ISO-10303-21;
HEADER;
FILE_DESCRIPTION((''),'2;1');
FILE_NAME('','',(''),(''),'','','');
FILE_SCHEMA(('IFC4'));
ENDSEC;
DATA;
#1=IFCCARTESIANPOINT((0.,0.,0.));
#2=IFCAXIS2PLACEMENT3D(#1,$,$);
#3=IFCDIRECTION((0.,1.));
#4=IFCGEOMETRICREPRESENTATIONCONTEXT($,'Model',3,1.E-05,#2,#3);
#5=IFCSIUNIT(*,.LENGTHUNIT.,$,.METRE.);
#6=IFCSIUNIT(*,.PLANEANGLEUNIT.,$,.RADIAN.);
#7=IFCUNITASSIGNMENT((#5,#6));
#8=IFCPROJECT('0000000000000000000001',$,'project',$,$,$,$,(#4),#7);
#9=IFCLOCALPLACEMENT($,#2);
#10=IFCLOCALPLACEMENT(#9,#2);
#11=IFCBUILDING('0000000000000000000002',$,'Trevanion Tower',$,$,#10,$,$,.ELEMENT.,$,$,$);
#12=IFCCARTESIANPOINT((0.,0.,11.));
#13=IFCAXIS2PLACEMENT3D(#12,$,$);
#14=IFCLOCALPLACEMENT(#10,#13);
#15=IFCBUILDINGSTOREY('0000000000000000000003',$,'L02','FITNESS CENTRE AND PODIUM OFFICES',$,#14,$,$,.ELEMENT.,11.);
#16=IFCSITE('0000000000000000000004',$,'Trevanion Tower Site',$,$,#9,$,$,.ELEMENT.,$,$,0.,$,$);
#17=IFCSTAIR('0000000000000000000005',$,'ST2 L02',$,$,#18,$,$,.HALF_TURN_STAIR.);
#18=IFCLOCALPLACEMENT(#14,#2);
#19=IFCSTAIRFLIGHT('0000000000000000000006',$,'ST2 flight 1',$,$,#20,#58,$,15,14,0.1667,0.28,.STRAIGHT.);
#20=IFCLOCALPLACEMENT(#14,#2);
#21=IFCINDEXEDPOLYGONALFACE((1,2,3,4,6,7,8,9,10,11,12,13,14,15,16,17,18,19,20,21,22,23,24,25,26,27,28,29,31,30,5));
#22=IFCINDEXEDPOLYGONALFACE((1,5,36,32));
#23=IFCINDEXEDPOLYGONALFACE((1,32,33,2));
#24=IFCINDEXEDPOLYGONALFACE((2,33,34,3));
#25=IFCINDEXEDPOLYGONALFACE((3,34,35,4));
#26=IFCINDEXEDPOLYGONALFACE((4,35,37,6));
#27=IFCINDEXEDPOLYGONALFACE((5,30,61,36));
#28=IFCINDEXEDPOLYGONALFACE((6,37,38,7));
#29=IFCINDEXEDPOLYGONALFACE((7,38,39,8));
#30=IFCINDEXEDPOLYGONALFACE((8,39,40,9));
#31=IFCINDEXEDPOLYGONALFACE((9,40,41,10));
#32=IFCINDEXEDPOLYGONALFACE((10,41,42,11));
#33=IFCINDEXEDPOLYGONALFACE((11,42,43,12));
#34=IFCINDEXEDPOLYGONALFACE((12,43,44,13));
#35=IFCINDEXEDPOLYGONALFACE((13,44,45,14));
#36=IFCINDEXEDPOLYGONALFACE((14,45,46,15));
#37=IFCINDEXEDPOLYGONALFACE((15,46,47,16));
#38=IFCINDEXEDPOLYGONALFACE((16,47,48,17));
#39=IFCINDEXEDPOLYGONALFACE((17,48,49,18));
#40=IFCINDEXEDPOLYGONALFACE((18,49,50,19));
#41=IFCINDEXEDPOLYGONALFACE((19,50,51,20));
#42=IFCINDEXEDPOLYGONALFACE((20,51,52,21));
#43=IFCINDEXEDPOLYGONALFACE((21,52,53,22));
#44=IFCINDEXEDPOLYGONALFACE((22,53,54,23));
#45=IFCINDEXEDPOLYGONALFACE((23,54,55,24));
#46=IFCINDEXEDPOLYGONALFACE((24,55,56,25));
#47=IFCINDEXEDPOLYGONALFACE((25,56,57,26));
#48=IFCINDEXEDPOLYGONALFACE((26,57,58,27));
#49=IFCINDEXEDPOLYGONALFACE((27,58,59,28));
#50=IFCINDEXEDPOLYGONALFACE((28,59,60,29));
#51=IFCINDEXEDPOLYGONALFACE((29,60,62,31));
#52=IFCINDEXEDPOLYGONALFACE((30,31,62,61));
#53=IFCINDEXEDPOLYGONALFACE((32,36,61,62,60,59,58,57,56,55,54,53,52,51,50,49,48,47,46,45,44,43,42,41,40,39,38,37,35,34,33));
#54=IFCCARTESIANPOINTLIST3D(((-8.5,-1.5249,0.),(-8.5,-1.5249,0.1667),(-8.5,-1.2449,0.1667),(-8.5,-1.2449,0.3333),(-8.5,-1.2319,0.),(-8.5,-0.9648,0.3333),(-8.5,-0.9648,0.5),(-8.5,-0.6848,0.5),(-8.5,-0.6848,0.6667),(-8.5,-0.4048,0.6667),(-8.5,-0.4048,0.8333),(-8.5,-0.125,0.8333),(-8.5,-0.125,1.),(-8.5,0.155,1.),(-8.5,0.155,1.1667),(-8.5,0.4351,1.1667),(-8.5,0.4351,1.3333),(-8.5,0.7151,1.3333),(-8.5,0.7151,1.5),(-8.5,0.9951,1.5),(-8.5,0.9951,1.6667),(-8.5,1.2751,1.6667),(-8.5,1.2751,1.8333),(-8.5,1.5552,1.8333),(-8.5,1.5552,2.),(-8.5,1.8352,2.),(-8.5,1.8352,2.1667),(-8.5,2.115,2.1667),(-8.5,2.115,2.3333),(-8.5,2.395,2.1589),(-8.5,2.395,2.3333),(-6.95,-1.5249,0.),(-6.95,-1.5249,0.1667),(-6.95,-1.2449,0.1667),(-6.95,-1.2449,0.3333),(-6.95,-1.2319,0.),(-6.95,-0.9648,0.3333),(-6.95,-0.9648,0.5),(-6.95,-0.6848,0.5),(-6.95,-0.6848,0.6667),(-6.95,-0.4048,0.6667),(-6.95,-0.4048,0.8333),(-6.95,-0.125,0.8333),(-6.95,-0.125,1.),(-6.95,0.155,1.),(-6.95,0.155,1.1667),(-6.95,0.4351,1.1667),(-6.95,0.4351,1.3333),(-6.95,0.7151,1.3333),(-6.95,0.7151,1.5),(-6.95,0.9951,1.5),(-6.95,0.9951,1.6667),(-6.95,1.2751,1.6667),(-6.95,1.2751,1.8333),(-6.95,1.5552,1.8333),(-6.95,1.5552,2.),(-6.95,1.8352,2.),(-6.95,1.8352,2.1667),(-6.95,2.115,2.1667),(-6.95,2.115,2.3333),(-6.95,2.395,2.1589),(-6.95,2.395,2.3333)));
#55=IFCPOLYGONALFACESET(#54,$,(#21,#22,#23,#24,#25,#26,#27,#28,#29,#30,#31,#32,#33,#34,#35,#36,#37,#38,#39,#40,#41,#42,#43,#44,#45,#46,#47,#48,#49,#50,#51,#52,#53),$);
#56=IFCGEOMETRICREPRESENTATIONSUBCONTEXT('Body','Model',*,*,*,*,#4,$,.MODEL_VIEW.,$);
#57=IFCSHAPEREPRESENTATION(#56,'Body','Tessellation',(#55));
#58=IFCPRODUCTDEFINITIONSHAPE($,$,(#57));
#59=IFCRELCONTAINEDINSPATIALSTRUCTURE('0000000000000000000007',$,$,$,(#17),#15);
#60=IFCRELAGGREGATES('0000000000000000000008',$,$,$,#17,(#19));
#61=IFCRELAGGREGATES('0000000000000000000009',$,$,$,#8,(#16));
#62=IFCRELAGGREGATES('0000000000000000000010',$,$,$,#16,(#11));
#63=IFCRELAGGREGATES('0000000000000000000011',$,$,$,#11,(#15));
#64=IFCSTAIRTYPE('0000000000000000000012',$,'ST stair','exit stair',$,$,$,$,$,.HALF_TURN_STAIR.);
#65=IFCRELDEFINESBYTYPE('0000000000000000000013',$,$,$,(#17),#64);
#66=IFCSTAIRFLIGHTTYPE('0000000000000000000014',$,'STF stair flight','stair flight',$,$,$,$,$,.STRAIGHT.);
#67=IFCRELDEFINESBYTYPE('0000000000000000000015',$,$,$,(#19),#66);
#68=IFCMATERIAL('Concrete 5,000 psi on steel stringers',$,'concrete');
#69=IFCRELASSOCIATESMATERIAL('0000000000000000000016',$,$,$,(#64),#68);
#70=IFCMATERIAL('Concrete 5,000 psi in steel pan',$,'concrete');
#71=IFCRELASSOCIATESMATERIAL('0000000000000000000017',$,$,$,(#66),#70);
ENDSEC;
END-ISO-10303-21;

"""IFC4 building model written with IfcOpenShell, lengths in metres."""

from ifc_helpers import new_model, si_unit, direction, frame, origin, place, context, subcontext, project, spatial, polyline, outline, extrude, material, type_object, element, aggregate, save


model = new_model("IFC4")

# Units and contexts
model_context = context("Model", 3, precision=1e-05, world=origin(), true_north=direction((0.0, 1.0)))
body_context = subcontext(model_context, "Body", "Model", "MODEL_VIEW")
ifc_project = project(units=[si_unit("LENGTHUNIT", "METRE"), si_unit("PLANEANGLEUNIT", "RADIAN")], contexts=[model_context])

# Site, building, storey
site_placement = place(None, origin())
site = spatial("IfcSite", under=ifc_project, at=site_placement, Name="Trevanion Tower Site", CompositionType="ELEMENT", RefElevation=0.0)
building_placement = place(site_placement, origin())
building = spatial("IfcBuilding", under=site, at=building_placement, Name="Trevanion Tower", CompositionType="ELEMENT")
storey_placement = place(building_placement, frame((0.0, 0.0, 11.0)))
storey = spatial("IfcBuildingStorey", under=building, at=storey_placement, Name="L02", Description="FITNESS CENTRE AND PODIUM OFFICES", CompositionType="ELEMENT", Elevation=11.0)

# Stair, stair flight
ifc_material_1 = material(Name="Concrete 5,000 psi on steel stringers", Category="concrete")
stair_type = type_object("IfcStairType", Name="ST stair", Description="exit stair", PredefinedType="HALF_TURN_STAIR", material=ifc_material_1)
stair_placement = place(storey_placement, origin())
stair = element("IfcStair", 1, at=stair_placement, inside=storey, type_object=stair_type, Name="ST2 L02", PredefinedType="HALF_TURN_STAIR")
ifc_material_2 = material(Name="Concrete 5,000 psi in steel pan", Category="concrete")
stair_flight_type = type_object("IfcStairFlightType", Name="STF stair flight", Description="stair flight", PredefinedType="STRAIGHT", material=ifc_material_2)
stair_flight_placement = place(storey_placement, frame((-7.7251, -1.5249, 0.0), z_axis=(0.0, 0.0, 1.0), x_axis=(0.0, 1.0, 0.0)))
stair_flight = element("IfcStairFlight", 2, at=stair_flight_placement, type_object=stair_flight_type, Name="ST2 flight 1", NumberOfRisers=15, NumberOfTreads=14, PredefinedType="STRAIGHT", RiserHeight=0.1667, TreadLength=0.28, context=body_context, shape_type="SweptSolid", body=[
    extrude(outline(polyline([(0.0, 0.0), (0.0, 0.1667), (0.28, 0.1667), (0.28, 0.3333), (0.5601, 0.3333), (0.5601, 0.5), (0.8401, 0.5), (0.8401, 0.6667), (1.1201, 0.6667), (1.1201, 0.8333), (1.3999, 0.8333), (1.3999, 1.0), (1.6799, 1.0), (1.6799, 1.1667), (1.96, 1.1667), (1.96, 1.3333), (2.24, 1.3333), (2.24, 1.5), (2.52, 1.5), (2.52, 1.6667), (2.8, 1.6667), (2.8, 1.8333), (3.0801, 1.8333), (3.0801, 2.0), (3.3601, 2.0), (3.3601, 2.1667), (3.6399, 2.1667), (3.6399, 2.3333), (3.9199, 2.3333), (3.9199, 2.5), (3.9199, 2.1589), (0.293, 0.0), (0.0, 0.0)])), frame((0.0, 0.7749, 0.0), z_axis=(0.0, -1.0, 0.0), x_axis=(1.0, 0.0, 0.0)), (0.0, 0.0, 1.0), 1.55),
])
aggregate(stair, [stair_flight])

save(model, "model.ifc")
